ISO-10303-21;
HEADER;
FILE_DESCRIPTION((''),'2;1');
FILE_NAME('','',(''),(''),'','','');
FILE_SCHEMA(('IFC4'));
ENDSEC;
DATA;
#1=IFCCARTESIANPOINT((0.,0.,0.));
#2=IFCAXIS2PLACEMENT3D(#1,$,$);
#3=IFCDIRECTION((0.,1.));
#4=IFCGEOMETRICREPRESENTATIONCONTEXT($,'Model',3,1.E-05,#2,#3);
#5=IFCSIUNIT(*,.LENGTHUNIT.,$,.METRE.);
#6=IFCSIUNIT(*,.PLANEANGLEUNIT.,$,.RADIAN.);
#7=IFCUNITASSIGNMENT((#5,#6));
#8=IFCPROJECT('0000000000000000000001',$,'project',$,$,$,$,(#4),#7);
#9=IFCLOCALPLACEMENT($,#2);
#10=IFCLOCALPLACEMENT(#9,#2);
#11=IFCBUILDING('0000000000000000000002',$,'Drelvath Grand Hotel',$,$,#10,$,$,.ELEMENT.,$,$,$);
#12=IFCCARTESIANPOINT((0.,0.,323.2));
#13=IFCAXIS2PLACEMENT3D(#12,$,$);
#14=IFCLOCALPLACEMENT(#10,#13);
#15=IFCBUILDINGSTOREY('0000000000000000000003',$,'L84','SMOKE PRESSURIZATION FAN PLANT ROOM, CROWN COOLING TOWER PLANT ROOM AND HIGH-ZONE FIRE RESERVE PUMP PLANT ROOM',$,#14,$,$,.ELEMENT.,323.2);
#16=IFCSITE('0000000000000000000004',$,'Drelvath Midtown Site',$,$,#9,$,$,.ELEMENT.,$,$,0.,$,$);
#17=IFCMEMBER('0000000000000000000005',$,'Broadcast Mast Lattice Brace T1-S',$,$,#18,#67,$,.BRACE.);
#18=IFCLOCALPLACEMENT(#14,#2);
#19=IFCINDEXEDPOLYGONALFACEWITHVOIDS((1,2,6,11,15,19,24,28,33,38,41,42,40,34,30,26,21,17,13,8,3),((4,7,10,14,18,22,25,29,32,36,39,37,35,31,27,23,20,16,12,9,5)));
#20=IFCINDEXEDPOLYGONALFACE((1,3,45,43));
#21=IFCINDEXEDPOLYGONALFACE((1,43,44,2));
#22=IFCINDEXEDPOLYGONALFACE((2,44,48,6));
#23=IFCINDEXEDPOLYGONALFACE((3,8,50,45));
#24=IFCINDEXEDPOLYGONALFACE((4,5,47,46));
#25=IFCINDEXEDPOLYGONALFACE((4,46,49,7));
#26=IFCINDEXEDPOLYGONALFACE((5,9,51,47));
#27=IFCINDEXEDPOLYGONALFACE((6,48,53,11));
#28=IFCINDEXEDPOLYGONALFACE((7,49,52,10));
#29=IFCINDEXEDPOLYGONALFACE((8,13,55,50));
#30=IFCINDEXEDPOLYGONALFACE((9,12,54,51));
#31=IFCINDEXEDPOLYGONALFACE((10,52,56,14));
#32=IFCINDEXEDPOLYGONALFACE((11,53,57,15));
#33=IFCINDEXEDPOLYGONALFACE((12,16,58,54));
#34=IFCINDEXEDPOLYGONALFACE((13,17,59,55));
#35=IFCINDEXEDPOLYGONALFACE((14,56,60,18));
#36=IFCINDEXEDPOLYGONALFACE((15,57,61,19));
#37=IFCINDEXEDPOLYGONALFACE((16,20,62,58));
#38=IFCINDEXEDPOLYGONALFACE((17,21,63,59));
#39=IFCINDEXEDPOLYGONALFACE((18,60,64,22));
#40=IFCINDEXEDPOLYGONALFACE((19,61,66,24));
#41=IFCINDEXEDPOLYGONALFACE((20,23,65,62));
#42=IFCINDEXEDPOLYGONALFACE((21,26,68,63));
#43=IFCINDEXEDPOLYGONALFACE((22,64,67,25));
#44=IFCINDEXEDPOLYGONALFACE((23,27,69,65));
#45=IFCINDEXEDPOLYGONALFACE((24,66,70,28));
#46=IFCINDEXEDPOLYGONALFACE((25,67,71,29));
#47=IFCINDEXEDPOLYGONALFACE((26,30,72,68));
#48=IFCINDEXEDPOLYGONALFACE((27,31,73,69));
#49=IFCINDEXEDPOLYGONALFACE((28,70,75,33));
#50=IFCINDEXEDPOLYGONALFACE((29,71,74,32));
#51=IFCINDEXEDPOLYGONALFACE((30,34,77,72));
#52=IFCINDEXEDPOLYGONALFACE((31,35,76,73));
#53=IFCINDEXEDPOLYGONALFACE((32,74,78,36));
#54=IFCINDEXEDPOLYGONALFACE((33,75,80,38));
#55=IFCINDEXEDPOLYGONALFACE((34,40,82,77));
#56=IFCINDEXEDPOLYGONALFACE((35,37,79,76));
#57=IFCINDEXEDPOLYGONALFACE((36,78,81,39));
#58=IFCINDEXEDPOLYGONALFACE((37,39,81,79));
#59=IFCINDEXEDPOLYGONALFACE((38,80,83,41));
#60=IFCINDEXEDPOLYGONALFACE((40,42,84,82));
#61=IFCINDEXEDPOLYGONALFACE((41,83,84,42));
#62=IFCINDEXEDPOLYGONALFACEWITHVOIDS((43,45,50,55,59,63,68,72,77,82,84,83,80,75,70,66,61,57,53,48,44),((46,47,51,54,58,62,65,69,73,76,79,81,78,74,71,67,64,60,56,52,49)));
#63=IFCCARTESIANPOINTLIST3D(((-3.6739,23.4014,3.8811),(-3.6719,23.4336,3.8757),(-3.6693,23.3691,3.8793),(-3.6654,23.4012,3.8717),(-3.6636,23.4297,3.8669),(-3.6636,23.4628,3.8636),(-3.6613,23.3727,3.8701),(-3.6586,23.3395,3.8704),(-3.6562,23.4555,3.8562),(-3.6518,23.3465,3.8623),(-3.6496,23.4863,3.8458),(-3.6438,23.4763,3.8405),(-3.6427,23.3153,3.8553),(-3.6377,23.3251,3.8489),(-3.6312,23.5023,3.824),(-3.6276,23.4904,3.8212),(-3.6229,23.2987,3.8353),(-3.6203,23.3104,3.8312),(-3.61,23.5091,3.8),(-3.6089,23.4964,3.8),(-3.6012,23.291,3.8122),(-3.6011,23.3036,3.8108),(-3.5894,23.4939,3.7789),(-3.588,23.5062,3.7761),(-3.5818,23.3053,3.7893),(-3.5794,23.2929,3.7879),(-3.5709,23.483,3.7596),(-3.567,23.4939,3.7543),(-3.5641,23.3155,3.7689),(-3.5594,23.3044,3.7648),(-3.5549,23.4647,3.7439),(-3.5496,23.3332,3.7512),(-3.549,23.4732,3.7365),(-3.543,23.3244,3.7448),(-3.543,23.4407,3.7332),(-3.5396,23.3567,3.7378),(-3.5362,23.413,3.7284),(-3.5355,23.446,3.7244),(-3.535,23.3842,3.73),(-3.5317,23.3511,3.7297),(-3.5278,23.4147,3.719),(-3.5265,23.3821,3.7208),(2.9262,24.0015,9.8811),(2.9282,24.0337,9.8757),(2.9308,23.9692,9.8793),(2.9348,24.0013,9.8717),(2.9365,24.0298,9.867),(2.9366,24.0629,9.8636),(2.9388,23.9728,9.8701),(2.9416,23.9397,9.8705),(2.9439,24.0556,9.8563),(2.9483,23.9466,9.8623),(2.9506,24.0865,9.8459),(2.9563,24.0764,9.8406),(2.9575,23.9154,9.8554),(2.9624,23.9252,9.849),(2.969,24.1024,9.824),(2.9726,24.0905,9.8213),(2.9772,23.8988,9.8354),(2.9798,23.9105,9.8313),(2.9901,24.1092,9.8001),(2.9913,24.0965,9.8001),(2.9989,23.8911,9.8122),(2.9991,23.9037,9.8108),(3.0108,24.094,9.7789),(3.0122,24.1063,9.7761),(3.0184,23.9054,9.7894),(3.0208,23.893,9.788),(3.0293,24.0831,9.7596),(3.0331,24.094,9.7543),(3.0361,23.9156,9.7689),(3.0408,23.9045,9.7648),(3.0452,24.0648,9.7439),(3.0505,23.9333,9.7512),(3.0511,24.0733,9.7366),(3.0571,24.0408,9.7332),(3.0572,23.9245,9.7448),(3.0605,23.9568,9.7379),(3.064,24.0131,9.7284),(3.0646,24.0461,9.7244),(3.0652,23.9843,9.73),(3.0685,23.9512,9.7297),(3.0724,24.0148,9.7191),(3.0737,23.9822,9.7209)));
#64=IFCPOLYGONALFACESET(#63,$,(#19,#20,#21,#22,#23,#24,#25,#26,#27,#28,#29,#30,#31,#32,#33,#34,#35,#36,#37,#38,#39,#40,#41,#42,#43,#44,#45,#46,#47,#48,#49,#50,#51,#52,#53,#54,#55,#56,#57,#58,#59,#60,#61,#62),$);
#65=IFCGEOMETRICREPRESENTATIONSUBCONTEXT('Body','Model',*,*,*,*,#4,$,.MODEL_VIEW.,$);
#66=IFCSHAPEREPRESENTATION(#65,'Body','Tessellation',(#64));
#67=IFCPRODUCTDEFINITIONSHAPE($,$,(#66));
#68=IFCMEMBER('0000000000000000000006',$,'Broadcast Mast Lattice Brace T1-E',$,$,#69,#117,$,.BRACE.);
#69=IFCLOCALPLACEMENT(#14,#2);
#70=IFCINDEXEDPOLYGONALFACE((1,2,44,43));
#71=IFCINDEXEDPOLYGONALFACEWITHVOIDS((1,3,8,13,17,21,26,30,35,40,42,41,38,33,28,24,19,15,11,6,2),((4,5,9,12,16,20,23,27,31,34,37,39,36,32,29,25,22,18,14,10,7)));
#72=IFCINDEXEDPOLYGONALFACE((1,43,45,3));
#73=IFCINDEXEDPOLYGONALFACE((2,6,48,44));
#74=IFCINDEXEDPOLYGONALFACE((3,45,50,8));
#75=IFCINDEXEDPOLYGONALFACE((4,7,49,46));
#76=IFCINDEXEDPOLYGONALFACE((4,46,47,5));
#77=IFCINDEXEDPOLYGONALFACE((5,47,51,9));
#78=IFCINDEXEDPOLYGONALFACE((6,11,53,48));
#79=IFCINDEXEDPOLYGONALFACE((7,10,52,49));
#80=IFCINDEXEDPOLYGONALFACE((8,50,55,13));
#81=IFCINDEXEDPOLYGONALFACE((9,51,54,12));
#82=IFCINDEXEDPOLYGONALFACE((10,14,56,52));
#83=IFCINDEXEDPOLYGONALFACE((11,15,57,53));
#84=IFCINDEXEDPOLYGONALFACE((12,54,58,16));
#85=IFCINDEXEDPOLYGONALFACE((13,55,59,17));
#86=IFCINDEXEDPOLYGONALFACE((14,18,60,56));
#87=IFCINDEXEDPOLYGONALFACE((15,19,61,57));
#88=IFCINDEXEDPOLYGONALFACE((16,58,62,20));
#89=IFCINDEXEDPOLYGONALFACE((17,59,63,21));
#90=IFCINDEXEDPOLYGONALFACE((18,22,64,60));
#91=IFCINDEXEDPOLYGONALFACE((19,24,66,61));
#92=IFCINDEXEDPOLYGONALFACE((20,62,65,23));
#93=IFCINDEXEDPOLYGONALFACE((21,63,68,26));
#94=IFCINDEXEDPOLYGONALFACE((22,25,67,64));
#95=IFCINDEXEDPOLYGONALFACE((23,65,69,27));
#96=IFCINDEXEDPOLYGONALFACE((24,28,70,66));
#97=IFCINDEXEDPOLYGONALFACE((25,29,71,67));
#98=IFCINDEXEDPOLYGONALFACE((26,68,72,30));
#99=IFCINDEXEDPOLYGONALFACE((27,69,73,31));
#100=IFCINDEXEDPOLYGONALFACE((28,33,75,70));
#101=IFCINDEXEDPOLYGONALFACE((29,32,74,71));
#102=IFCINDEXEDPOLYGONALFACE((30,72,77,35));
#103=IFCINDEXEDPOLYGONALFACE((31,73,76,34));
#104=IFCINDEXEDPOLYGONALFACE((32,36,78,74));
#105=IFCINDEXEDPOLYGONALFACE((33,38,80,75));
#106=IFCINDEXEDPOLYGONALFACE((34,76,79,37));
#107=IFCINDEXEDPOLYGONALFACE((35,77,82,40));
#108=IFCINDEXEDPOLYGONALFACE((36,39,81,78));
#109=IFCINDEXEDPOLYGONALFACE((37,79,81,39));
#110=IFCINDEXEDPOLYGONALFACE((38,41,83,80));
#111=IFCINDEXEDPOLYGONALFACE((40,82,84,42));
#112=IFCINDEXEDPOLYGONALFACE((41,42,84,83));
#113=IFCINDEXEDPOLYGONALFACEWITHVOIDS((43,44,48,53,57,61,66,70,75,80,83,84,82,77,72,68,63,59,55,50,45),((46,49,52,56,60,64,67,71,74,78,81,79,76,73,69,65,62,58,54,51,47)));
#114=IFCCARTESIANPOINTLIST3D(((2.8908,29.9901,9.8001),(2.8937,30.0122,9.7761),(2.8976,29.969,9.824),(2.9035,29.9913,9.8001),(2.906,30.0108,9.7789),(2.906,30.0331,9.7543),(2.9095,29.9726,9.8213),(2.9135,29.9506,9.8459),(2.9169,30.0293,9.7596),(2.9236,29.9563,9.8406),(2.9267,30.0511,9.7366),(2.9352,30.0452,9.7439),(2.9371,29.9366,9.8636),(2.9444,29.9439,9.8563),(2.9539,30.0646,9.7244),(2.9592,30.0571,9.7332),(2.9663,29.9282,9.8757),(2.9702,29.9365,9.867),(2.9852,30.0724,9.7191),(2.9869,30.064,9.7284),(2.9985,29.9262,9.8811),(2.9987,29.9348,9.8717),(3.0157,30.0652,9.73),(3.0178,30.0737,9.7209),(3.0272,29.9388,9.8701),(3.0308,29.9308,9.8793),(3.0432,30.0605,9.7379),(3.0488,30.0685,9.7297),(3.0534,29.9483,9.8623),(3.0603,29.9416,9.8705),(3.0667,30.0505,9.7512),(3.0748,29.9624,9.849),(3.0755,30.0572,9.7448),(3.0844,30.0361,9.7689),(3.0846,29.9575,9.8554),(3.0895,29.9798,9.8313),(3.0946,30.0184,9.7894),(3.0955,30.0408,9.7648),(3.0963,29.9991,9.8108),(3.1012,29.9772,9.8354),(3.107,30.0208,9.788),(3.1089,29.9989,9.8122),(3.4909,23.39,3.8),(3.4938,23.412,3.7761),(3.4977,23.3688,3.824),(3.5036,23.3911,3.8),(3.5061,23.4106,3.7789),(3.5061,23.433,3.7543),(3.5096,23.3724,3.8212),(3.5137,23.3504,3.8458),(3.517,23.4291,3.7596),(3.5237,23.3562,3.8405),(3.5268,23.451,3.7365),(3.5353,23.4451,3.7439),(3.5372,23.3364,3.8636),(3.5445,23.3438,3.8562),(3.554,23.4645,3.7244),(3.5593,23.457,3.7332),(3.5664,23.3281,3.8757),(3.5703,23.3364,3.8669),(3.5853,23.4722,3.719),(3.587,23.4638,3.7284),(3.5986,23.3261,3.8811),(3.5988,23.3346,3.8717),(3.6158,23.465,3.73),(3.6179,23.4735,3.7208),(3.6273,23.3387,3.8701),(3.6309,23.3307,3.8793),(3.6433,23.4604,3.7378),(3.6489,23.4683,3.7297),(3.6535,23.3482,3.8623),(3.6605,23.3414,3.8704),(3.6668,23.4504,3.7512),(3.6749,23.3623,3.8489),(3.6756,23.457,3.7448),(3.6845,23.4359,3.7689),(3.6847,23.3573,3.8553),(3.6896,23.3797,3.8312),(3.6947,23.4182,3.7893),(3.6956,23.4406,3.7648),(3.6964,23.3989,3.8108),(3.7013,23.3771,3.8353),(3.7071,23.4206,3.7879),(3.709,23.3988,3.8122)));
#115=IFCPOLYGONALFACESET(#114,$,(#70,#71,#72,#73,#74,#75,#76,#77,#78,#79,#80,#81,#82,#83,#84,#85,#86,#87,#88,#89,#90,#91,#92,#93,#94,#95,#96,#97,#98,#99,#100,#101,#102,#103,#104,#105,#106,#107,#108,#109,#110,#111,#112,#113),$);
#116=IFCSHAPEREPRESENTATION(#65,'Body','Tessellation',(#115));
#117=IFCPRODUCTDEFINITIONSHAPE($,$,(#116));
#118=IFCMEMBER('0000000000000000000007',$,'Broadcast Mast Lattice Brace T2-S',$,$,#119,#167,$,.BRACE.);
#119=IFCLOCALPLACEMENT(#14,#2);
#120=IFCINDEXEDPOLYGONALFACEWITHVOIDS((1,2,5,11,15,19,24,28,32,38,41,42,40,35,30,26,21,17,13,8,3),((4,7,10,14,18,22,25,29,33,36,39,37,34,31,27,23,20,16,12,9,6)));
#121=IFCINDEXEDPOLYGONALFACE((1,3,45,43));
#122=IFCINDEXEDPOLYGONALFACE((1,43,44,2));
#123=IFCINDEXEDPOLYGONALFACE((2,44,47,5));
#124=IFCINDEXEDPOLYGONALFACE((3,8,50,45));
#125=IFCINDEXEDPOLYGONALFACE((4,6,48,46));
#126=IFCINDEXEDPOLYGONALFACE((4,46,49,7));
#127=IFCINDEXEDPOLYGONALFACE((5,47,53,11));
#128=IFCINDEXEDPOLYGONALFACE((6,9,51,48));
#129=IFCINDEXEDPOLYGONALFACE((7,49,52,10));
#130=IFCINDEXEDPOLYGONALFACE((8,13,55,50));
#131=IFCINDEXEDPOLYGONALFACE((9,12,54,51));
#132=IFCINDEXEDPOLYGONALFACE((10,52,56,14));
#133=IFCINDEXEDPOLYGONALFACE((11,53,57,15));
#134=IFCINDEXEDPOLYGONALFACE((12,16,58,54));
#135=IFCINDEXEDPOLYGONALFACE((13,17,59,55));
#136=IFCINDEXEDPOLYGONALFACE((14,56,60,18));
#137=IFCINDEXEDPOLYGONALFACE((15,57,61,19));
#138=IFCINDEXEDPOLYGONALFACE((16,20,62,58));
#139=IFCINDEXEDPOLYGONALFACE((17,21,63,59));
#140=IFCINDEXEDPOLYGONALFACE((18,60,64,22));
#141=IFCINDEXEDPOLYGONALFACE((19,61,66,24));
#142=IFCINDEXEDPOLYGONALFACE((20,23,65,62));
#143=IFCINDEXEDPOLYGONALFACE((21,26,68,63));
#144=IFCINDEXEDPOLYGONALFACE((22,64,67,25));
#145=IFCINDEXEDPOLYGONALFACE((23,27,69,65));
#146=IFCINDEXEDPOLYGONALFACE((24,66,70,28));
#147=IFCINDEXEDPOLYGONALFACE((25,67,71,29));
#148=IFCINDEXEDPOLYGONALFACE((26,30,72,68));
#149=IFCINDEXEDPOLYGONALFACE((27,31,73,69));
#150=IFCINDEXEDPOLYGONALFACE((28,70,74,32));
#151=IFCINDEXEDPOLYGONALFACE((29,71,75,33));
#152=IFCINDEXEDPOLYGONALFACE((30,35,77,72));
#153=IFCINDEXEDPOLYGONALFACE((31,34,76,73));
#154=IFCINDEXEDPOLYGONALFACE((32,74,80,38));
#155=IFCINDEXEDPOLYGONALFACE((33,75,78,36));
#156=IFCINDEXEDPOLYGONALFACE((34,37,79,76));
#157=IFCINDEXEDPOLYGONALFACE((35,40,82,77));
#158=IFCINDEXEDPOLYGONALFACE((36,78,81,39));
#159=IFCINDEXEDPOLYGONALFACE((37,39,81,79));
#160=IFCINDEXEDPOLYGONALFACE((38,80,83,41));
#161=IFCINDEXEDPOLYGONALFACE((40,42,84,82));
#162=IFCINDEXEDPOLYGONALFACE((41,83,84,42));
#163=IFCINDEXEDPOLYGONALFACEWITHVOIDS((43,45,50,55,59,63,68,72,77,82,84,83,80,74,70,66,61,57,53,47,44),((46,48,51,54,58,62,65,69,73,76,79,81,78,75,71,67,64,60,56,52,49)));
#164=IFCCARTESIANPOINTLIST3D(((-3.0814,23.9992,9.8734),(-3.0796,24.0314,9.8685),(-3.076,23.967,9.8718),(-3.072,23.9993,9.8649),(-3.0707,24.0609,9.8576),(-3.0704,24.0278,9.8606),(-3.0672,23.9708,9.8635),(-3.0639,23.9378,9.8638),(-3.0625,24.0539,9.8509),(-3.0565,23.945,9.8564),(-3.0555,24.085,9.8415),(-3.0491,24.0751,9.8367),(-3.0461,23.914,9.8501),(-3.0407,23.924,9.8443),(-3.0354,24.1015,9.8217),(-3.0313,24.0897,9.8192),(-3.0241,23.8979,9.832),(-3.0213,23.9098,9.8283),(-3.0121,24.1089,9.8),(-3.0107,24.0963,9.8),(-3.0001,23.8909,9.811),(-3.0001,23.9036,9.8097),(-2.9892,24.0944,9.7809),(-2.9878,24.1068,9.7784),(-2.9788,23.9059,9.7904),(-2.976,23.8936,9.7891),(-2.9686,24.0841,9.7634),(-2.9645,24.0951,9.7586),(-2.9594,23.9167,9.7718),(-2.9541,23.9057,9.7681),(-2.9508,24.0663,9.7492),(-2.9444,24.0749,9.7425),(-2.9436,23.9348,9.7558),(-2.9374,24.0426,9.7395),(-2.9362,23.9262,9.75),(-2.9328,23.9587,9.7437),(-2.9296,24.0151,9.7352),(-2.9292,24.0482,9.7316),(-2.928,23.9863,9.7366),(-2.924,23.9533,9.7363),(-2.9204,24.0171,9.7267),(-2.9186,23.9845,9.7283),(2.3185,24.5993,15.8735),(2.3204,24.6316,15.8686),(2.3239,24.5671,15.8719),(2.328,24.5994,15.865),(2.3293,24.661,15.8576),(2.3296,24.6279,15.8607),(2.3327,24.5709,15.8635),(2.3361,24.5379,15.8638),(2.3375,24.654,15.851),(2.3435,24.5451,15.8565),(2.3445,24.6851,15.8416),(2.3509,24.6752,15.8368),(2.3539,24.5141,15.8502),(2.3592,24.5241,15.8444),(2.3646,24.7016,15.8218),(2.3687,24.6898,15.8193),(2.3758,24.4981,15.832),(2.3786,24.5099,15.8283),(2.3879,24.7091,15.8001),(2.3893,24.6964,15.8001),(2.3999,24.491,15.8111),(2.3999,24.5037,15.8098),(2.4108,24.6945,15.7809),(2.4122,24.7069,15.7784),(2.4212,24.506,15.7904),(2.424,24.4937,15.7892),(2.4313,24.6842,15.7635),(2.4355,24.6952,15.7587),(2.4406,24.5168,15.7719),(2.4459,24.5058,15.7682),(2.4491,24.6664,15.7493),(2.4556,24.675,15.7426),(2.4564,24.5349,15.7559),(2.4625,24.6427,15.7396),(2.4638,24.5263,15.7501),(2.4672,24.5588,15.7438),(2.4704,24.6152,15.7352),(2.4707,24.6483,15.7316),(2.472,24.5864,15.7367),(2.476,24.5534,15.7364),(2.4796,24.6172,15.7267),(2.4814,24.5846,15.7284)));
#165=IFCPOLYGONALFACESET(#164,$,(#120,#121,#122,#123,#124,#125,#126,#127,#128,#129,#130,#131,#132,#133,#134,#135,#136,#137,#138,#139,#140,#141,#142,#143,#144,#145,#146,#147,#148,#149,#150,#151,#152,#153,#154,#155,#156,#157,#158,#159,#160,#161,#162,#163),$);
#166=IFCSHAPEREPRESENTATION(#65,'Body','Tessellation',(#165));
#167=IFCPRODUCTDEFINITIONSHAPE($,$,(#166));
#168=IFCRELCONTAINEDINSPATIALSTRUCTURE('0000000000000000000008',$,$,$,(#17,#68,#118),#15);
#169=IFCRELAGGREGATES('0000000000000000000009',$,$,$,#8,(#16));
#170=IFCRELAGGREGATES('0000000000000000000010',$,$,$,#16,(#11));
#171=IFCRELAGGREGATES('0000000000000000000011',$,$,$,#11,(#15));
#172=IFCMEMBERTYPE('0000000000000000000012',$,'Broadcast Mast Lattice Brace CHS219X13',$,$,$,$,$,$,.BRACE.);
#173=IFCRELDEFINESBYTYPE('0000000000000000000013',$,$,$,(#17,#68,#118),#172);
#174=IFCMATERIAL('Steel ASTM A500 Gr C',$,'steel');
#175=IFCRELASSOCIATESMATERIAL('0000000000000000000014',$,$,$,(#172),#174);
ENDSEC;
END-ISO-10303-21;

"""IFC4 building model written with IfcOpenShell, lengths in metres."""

from ifc_helpers import new_model, si_unit, direction, frame, origin, origin_2d, place, context, subcontext, project, spatial, hollow_circle, extrude, material, material_profile, profile_set, type_object, element, save


model = new_model("IFC4")

# Units and contexts
model_context = context("Model", 3, precision=1e-05, world=origin(), true_north=direction((0.0, 1.0)))
body_context = subcontext(model_context, "Body", "Model", "MODEL_VIEW")
ifc_project = project(units=[si_unit("LENGTHUNIT", "METRE"), si_unit("PLANEANGLEUNIT", "RADIAN")], contexts=[model_context])

# Site, building, storey
site_placement = place(None, origin())
site = spatial("IfcSite", under=ifc_project, at=site_placement, Name="Drelvath Midtown Site", CompositionType="ELEMENT", RefElevation=0.0)
building_placement = place(site_placement, origin())
building = spatial("IfcBuilding", under=site, at=building_placement, Name="Drelvath Grand Hotel", CompositionType="ELEMENT")
storey_placement = place(building_placement, frame((0.0, 0.0, 323.2)))
storey = spatial("IfcBuildingStorey", under=building, at=storey_placement, Name="L84", Description="SMOKE PRESSURIZATION FAN PLANT ROOM, CROWN COOLING TOWER PLANT ROOM AND HIGH-ZONE FIRE RESERVE PUMP PLANT ROOM", CompositionType="ELEMENT", Elevation=323.2)

# Members
ifc_material_1 = material(Name="Steel ASTM A500 Gr C", Category="steel")
ifc_material_profile_1 = material_profile(ifc_material_1, hollow_circle(Radius=0.1096, WallThickness=0.0127, at=origin_2d()), Name="CHS219X13")
ifc_profile_set_1 = profile_set([ifc_material_profile_1], Name="Steel ASTM A500 Gr C")
member_type_1 = type_object("IfcMemberType", Name="Broadcast Mast Lattice Brace CHS219X13", PredefinedType="BRACE", material=ifc_profile_set_1)
for number, where, z_axis, x_axis, name in (
    (1, (-3.6001, 23.3999, 3.8), (0.738276, 0.067126, 0.67115), (-0.090549, 0.995892, 0.0), "Broadcast Mast Lattice Brace T1-S"),
    (2, (3.6001, 23.3999, 3.8), (-0.067126, 0.738276, 0.67115), (-0.995892, -0.090549, 0.0), "Broadcast Mast Lattice Brace T1-E"),
):
    element("IfcMember", number, at=place(storey_placement, frame(where, z_axis=z_axis, x_axis=x_axis)), inside=storey, type_object=member_type_1, Name=name, PredefinedType="BRACE", context=body_context, shape_type="SweptSolid", body=[
        extrude(hollow_circle(Radius=0.1096, WallThickness=0.0127, at=origin_2d()), origin(), (0.0, 0.0, 1.0), 8.9399),
    ])
for number, where, z_axis, x_axis, name in (
    (3, (-3.0, 24.0, 9.8), (0.667117, 0.074138, 0.741255), (-0.110451, 0.993882, 0.0), "Broadcast Mast Lattice Brace T2-S"),
):
    element("IfcMember", number, at=place(storey_placement, frame(where, z_axis=z_axis, x_axis=x_axis)), inside=storey, type_object=member_type_1, Name=name, PredefinedType="BRACE", context=body_context, shape_type="SweptSolid", body=[
        extrude(hollow_circle(Radius=0.1096, WallThickness=0.0127, at=origin_2d()), origin(), (0.0, 0.0, 1.0), 8.0945),
    ])

save(model, "model.ifc")
